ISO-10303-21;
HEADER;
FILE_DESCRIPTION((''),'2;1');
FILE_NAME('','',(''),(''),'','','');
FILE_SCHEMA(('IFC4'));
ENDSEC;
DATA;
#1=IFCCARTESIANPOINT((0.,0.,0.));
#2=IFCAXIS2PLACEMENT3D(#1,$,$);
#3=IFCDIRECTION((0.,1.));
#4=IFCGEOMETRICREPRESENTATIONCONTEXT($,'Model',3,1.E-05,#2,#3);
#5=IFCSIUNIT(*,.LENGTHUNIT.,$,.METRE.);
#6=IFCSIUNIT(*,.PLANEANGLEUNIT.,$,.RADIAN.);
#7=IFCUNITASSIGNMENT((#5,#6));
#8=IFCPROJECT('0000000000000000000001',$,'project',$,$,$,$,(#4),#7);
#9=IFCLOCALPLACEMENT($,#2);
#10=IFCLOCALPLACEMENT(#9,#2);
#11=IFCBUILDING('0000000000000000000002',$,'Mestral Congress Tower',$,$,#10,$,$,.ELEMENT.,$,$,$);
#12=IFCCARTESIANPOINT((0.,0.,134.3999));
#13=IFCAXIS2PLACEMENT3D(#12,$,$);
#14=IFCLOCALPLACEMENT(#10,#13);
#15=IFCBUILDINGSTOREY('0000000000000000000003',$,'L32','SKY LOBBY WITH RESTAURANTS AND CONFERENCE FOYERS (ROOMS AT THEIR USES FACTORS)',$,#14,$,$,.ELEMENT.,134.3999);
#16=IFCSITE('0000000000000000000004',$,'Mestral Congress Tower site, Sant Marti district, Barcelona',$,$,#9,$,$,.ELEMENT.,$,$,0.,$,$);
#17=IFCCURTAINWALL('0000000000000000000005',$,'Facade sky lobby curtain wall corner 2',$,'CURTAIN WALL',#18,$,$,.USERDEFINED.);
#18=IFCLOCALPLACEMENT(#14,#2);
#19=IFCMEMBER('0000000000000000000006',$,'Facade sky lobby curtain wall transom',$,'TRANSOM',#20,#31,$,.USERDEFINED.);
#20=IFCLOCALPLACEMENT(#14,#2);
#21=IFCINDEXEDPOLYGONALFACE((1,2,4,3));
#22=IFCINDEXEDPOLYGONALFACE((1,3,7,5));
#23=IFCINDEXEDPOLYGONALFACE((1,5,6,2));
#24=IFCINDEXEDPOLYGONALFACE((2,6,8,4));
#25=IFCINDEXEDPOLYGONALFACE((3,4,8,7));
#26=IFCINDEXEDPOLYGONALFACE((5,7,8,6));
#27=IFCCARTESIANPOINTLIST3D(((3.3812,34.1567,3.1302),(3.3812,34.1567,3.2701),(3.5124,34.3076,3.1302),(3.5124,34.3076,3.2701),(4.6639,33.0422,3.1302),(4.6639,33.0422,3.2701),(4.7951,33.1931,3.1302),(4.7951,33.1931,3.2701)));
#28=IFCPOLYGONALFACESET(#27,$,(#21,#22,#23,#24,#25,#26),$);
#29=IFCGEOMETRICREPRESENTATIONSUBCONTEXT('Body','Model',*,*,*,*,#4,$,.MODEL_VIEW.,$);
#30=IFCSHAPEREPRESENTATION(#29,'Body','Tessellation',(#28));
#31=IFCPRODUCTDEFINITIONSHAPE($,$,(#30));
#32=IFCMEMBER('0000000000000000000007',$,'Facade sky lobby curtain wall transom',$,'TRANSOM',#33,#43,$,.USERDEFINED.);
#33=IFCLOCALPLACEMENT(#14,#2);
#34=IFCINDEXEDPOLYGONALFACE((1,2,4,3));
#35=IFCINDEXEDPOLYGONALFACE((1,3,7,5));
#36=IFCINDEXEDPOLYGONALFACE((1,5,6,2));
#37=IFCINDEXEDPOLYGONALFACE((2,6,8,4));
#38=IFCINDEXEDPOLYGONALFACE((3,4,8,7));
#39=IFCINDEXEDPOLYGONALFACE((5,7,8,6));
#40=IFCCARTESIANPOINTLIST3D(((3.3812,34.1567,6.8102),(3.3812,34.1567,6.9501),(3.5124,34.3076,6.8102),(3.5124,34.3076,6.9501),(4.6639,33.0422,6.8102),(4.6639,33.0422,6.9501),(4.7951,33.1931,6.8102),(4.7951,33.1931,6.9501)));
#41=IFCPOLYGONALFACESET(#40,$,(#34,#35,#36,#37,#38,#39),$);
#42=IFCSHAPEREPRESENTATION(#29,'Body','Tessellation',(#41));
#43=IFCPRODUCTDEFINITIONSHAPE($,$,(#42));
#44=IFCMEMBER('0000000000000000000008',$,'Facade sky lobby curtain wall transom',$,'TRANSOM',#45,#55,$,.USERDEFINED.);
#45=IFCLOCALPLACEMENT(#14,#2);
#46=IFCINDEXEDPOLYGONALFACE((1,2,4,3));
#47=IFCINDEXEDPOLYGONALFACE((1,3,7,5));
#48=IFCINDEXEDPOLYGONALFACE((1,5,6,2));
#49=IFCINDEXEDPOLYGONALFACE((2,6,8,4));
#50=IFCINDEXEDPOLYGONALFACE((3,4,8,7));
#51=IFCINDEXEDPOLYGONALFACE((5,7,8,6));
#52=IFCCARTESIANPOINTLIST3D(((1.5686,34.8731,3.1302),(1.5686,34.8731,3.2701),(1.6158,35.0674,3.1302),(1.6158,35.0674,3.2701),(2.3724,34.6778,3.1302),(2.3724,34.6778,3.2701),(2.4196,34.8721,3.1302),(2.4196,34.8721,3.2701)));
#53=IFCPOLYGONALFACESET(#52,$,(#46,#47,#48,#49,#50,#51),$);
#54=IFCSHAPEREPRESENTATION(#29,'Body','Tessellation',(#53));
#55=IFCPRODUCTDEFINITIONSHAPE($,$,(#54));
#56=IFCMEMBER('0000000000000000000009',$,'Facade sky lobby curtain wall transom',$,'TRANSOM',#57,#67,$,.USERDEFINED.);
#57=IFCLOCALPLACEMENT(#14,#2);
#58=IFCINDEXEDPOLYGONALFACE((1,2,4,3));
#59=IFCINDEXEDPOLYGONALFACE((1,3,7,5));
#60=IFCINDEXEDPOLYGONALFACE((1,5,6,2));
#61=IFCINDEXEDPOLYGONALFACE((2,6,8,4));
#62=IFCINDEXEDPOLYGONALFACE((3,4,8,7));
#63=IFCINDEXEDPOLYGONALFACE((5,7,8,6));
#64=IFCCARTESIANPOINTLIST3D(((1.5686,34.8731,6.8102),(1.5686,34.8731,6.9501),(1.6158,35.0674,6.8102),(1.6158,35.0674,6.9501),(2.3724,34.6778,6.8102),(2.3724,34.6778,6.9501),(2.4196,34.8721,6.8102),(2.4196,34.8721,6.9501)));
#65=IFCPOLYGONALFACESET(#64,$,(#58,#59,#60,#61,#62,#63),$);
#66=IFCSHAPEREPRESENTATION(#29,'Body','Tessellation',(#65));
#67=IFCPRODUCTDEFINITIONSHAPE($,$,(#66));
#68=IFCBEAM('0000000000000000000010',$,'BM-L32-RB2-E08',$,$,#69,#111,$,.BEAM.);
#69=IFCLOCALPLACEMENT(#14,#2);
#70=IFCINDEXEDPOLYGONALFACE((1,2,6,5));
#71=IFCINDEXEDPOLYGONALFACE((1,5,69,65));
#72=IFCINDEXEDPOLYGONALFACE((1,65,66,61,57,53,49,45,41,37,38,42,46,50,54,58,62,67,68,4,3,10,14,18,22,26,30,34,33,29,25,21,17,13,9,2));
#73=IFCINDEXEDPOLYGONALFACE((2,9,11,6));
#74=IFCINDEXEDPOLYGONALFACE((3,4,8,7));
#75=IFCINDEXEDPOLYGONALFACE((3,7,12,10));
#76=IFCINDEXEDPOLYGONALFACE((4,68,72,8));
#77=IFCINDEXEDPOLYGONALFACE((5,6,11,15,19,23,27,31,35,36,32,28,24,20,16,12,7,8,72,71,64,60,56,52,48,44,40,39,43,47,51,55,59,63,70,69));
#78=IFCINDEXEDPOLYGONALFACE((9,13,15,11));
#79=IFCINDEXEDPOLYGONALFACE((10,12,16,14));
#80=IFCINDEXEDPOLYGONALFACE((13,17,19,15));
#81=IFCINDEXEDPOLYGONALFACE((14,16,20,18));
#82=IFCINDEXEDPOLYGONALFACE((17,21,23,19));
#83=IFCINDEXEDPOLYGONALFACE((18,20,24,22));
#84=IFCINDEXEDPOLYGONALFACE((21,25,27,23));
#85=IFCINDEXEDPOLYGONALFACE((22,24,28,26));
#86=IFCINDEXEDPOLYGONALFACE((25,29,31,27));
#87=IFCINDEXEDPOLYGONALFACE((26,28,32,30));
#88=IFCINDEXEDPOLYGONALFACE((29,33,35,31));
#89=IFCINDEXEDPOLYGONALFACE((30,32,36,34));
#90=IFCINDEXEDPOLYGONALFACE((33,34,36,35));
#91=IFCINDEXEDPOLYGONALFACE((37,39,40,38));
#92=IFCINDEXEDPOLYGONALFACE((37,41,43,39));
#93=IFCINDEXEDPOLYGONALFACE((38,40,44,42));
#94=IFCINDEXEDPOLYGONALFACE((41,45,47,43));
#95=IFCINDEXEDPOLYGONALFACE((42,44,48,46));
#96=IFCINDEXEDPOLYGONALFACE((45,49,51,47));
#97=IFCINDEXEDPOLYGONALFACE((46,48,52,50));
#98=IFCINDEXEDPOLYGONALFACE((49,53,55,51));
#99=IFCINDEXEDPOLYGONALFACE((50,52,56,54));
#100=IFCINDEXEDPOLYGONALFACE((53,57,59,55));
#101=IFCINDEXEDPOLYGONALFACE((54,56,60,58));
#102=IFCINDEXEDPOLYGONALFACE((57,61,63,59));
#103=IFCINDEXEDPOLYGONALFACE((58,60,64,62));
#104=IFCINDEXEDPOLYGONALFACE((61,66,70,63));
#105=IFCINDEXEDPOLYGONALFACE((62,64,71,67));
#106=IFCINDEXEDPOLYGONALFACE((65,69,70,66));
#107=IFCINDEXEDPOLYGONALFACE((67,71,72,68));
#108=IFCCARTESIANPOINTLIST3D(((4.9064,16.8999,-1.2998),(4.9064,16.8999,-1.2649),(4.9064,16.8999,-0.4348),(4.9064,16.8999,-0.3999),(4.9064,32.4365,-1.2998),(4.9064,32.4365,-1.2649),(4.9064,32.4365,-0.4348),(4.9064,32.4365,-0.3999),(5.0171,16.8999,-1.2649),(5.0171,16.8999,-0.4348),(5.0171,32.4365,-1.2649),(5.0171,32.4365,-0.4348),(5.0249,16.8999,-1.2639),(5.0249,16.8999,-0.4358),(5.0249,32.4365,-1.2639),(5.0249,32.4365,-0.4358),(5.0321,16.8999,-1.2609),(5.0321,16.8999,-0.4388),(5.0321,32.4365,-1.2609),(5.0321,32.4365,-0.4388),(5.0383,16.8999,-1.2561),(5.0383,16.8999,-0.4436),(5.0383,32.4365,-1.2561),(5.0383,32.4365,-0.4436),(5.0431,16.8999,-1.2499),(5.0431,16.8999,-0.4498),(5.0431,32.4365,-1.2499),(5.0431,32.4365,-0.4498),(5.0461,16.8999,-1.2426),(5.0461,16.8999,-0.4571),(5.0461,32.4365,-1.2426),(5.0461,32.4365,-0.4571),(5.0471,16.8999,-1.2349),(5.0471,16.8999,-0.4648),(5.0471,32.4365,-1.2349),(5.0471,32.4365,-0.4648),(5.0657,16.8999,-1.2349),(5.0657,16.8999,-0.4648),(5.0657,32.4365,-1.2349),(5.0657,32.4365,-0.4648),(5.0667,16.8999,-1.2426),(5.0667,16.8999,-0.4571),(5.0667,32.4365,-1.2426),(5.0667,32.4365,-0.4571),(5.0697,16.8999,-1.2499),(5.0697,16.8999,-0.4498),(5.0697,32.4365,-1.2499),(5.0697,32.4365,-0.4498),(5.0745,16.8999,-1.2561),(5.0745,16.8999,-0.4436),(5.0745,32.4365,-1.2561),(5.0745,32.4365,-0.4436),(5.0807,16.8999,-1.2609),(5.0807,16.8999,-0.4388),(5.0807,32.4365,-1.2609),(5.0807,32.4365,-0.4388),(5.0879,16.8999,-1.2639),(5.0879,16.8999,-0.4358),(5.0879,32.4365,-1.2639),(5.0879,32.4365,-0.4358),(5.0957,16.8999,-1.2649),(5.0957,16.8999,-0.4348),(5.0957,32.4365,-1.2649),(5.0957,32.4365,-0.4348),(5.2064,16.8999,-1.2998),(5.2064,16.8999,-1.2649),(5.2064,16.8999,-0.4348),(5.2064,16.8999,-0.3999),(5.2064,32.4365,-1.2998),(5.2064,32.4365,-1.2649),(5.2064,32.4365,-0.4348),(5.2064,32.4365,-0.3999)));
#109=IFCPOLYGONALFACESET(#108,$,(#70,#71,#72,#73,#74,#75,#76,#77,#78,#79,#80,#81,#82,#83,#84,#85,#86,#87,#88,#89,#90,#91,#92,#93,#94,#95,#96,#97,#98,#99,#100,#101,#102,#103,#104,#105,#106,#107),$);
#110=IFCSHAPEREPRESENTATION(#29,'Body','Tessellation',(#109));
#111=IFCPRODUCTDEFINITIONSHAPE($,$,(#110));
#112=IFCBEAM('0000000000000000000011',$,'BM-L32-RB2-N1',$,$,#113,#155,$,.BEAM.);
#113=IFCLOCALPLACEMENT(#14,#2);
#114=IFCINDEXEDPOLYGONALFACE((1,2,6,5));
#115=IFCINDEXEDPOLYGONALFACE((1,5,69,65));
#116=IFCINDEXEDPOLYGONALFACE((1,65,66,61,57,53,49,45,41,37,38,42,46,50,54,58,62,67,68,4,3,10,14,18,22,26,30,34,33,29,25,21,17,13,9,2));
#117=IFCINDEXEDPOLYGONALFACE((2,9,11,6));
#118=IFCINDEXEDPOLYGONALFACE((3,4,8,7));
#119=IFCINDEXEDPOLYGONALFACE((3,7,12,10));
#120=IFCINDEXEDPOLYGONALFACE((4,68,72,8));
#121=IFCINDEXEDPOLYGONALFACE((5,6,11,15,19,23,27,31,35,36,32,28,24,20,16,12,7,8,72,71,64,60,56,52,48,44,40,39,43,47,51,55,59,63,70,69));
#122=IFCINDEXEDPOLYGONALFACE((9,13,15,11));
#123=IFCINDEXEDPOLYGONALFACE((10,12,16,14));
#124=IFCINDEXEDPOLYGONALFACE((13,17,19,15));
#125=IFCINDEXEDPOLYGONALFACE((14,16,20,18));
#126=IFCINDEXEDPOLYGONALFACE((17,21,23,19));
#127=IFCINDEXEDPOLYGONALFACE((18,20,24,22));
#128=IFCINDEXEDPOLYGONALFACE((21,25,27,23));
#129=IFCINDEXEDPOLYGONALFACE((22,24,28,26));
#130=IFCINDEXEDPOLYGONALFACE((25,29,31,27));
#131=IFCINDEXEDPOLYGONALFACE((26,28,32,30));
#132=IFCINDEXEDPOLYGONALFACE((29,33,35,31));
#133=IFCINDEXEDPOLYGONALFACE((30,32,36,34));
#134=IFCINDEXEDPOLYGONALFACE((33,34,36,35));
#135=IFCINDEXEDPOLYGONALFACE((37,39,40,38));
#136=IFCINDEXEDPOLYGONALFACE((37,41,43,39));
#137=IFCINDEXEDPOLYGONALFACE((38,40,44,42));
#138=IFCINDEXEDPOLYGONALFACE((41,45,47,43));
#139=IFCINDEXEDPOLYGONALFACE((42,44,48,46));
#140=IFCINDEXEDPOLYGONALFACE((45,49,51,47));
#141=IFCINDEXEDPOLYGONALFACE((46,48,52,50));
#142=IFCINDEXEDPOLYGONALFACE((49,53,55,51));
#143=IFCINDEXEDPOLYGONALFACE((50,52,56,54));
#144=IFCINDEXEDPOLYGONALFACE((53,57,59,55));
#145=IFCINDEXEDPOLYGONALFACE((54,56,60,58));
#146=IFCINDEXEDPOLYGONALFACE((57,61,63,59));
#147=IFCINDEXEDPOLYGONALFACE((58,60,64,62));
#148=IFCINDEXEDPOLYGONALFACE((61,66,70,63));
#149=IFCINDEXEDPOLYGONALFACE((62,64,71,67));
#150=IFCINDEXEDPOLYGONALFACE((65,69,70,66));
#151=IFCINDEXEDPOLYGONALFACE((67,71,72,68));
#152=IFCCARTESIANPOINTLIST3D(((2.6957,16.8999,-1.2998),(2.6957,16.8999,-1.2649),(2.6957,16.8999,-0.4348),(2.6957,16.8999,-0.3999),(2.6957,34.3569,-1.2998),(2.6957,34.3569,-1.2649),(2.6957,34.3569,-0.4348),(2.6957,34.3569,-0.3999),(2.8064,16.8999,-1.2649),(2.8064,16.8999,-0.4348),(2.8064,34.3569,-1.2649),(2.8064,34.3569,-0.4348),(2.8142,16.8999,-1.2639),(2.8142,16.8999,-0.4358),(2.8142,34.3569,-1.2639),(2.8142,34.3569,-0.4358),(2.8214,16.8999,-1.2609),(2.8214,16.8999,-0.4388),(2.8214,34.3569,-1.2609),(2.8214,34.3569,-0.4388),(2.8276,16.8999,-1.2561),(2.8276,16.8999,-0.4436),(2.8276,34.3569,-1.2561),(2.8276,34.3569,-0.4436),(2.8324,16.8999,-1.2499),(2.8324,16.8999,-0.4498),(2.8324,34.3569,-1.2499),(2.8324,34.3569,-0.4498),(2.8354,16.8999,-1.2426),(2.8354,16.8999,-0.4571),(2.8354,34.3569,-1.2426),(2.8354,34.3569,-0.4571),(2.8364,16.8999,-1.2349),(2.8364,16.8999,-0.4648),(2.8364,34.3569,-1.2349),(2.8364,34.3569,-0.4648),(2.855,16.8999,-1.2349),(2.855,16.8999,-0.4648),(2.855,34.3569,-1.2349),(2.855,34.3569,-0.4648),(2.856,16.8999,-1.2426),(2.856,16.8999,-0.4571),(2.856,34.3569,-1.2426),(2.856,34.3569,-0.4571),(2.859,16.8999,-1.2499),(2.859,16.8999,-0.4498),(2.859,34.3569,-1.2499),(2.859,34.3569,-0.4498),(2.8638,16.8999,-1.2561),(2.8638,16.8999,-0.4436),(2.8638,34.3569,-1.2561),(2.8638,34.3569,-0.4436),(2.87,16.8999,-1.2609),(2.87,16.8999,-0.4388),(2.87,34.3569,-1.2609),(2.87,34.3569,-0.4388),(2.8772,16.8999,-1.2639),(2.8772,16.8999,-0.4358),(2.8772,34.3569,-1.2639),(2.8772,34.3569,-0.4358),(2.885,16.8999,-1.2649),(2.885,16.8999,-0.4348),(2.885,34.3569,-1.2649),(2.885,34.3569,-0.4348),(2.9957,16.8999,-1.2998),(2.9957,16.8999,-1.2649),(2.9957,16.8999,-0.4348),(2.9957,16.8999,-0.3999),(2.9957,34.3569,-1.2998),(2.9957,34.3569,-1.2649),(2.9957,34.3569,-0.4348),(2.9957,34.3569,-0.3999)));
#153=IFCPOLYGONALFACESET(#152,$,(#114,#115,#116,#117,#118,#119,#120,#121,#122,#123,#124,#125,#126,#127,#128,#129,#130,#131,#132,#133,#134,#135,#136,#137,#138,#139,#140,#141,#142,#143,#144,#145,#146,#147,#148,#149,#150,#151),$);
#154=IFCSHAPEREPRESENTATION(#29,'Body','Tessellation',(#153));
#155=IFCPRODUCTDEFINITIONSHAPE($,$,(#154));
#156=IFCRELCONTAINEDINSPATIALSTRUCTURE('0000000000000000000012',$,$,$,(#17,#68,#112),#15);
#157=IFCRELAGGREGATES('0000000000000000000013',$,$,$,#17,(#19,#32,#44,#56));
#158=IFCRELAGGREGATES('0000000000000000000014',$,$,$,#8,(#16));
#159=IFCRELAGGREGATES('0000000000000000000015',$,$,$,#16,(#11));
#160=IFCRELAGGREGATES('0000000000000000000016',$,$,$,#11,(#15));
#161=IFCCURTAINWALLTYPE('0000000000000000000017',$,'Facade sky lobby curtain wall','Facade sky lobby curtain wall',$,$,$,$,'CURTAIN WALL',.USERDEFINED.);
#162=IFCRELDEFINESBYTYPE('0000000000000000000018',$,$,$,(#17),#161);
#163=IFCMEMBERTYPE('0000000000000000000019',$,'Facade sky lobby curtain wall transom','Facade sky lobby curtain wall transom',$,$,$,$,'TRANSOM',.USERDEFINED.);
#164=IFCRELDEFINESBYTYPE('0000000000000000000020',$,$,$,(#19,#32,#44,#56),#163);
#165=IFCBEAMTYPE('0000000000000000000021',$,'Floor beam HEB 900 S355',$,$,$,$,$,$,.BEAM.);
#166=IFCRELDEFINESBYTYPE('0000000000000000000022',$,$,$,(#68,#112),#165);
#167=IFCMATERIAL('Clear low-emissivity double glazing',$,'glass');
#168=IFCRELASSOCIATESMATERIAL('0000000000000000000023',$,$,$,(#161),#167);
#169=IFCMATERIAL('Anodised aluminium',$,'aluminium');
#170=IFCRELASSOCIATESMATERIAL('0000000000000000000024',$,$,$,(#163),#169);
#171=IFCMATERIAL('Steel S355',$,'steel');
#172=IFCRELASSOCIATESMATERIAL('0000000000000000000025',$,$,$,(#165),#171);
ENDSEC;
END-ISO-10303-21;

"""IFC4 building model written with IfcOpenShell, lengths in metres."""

from ifc_helpers import new_model, si_unit, direction, frame, origin, origin_2d, place, context, subcontext, project, spatial, rectangle, i_section, extrude, material, material_profile, profile_set, type_object, element, aggregate, save


model = new_model("IFC4")

# Units and contexts
model_context = context("Model", 3, precision=1e-05, world=origin(), true_north=direction((0.0, 1.0)))
body_context = subcontext(model_context, "Body", "Model", "MODEL_VIEW")
ifc_project = project(units=[si_unit("LENGTHUNIT", "METRE"), si_unit("PLANEANGLEUNIT", "RADIAN")], contexts=[model_context])

# Site, building, storey
site_placement = place(None, origin())
site = spatial("IfcSite", under=ifc_project, at=site_placement, Name="Mestral Congress Tower site, Sant Marti district, Barcelona", CompositionType="ELEMENT", RefElevation=0.0)
building_placement = place(site_placement, origin())
building = spatial("IfcBuilding", under=site, at=building_placement, Name="Mestral Congress Tower", CompositionType="ELEMENT")
storey_placement = place(building_placement, frame((0.0, 0.0, 134.3999)))
storey = spatial("IfcBuildingStorey", under=building, at=storey_placement, Name="L32", Description="SKY LOBBY WITH RESTAURANTS AND CONFERENCE FOYERS (ROOMS AT THEIR USES FACTORS)", CompositionType="ELEMENT", Elevation=134.3999)

# Shared definitions
ifc_material_1 = material(Name="Steel S355", Category="steel")

# Curtain wall, members
ifc_material_2 = material(Name="Clear low-emissivity double glazing", Category="glass")
curtain_wall_type = type_object("IfcCurtainWallType", Name="Facade sky lobby curtain wall", Description="Facade sky lobby curtain wall", ElementType="CURTAIN WALL", PredefinedType="USERDEFINED", material=ifc_material_2)
curtain_wall_placement = place(storey_placement, origin())
curtain_wall = element("IfcCurtainWall", 1, at=curtain_wall_placement, inside=storey, type_object=curtain_wall_type, Name="Facade sky lobby curtain wall corner 2", ObjectType="CURTAIN WALL", PredefinedType="USERDEFINED")
ifc_material_3 = material(Name="Anodised aluminium", Category="aluminium")
ifc_material_profile_1 = material_profile(ifc_material_3, rectangle(XDim=0.2, YDim=0.1399, at=origin_2d()), Name="CW1 transom 200 x 140")
ifc_profile_set_1 = profile_set([ifc_material_profile_1], Name="Anodised aluminium")
member_type_1 = type_object("IfcMemberType", Name="Facade sky lobby curtain wall transom", Description="Facade sky lobby curtain wall transom", ElementType="TRANSOM", PredefinedType="USERDEFINED", material=ifc_profile_set_1)
member_1_placement = place(storey_placement, frame((4.7295, 33.1177, 3.2002), z_axis=(-0.754868, 0.655876, 0.0), x_axis=(-0.655876, -0.754868, 0.0)))
member_1 = element("IfcMember", 2, at=member_1_placement, type_object=member_type_1, Name="Facade sky lobby curtain wall transom", ObjectType="TRANSOM", PredefinedType="USERDEFINED", context=body_context, shape_type="SweptSolid", body=[
    extrude(rectangle(XDim=0.2, YDim=0.1399, at=origin_2d()), origin(), (0.0, 0.0, 1.0), 1.6992),
])
member_2_placement = place(storey_placement, frame((4.7295, 33.1177, 6.8801), z_axis=(-0.754868, 0.655876, 0.0), x_axis=(-0.655876, -0.754868, 0.0)))
member_2 = element("IfcMember", 3, at=member_2_placement, type_object=member_type_1, Name="Facade sky lobby curtain wall transom", ObjectType="TRANSOM", PredefinedType="USERDEFINED", context=body_context, shape_type="SweptSolid", body=[
    extrude(rectangle(XDim=0.2, YDim=0.1399, at=origin_2d()), origin(), (0.0, 0.0, 1.0), 1.6992),
])
member_3_placement = place(storey_placement, frame((2.396, 34.7749, 3.2002), z_axis=(-0.971719, 0.236141, 0.0), x_axis=(-0.236141, -0.971719, 0.0)))
member_3 = element("IfcMember", 4, at=member_3_placement, type_object=member_type_1, Name="Facade sky lobby curtain wall transom", ObjectType="TRANSOM", PredefinedType="USERDEFINED", context=body_context, shape_type="SweptSolid", body=[
    extrude(rectangle(XDim=0.2, YDim=0.1399, at=origin_2d()), origin(), (0.0, 0.0, 1.0), 0.8271),
])
member_4_placement = place(storey_placement, frame((2.396, 34.7749, 6.8801), z_axis=(-0.971719, 0.236141, 0.0), x_axis=(-0.236141, -0.971719, 0.0)))
member_4 = element("IfcMember", 5, at=member_4_placement, type_object=member_type_1, Name="Facade sky lobby curtain wall transom", ObjectType="TRANSOM", PredefinedType="USERDEFINED", context=body_context, shape_type="SweptSolid", body=[
    extrude(rectangle(XDim=0.2, YDim=0.1399, at=origin_2d()), origin(), (0.0, 0.0, 1.0), 0.8271),
])

# Beams
ifc_material_profile_2 = material_profile(ifc_material_1, i_section(OverallWidth=0.3, OverallDepth=0.8999, WebThickness=0.0186, FlangeThickness=0.0349, FilletRadius=0.03, at=origin_2d()), Name="HEB 900")
ifc_profile_set_2 = profile_set([ifc_material_profile_2], Name="Steel S355")
beam_type_1 = type_object("IfcBeamType", Name="Floor beam HEB 900 S355", PredefinedType="BEAM", material=ifc_profile_set_2)
beam_1_placement = place(storey_placement, frame((5.0564, 32.4365, -0.8499), z_axis=(0.0, -1.0, 0.0), x_axis=(1.0, 0.0, 0.0)))
element("IfcBeam", 6, at=beam_1_placement, inside=storey, type_object=beam_type_1, Name="BM-L32-RB2-E08", PredefinedType="BEAM", context=body_context, shape_type="SweptSolid", body=[
    extrude(i_section(OverallWidth=0.3, OverallDepth=0.8999, WebThickness=0.0186, FlangeThickness=0.0349, FilletRadius=0.03, at=origin_2d()), origin(), (0.0, 0.0, 1.0), 15.5366),
])
beam_2_placement = place(storey_placement, frame((2.8457, 34.3569, -0.8499), z_axis=(0.0, -1.0, 0.0), x_axis=(1.0, 0.0, 0.0)))
element("IfcBeam", 7, at=beam_2_placement, inside=storey, type_object=beam_type_1, Name="BM-L32-RB2-N1", PredefinedType="BEAM", context=body_context, shape_type="SweptSolid", body=[
    extrude(i_section(OverallWidth=0.3, OverallDepth=0.8999, WebThickness=0.0186, FlangeThickness=0.0349, FilletRadius=0.03, at=origin_2d()), origin(), (0.0, 0.0, 1.0), 17.457),
])

aggregate(curtain_wall, [member_1, member_2, member_3, member_4])

save(model, "model.ifc")
